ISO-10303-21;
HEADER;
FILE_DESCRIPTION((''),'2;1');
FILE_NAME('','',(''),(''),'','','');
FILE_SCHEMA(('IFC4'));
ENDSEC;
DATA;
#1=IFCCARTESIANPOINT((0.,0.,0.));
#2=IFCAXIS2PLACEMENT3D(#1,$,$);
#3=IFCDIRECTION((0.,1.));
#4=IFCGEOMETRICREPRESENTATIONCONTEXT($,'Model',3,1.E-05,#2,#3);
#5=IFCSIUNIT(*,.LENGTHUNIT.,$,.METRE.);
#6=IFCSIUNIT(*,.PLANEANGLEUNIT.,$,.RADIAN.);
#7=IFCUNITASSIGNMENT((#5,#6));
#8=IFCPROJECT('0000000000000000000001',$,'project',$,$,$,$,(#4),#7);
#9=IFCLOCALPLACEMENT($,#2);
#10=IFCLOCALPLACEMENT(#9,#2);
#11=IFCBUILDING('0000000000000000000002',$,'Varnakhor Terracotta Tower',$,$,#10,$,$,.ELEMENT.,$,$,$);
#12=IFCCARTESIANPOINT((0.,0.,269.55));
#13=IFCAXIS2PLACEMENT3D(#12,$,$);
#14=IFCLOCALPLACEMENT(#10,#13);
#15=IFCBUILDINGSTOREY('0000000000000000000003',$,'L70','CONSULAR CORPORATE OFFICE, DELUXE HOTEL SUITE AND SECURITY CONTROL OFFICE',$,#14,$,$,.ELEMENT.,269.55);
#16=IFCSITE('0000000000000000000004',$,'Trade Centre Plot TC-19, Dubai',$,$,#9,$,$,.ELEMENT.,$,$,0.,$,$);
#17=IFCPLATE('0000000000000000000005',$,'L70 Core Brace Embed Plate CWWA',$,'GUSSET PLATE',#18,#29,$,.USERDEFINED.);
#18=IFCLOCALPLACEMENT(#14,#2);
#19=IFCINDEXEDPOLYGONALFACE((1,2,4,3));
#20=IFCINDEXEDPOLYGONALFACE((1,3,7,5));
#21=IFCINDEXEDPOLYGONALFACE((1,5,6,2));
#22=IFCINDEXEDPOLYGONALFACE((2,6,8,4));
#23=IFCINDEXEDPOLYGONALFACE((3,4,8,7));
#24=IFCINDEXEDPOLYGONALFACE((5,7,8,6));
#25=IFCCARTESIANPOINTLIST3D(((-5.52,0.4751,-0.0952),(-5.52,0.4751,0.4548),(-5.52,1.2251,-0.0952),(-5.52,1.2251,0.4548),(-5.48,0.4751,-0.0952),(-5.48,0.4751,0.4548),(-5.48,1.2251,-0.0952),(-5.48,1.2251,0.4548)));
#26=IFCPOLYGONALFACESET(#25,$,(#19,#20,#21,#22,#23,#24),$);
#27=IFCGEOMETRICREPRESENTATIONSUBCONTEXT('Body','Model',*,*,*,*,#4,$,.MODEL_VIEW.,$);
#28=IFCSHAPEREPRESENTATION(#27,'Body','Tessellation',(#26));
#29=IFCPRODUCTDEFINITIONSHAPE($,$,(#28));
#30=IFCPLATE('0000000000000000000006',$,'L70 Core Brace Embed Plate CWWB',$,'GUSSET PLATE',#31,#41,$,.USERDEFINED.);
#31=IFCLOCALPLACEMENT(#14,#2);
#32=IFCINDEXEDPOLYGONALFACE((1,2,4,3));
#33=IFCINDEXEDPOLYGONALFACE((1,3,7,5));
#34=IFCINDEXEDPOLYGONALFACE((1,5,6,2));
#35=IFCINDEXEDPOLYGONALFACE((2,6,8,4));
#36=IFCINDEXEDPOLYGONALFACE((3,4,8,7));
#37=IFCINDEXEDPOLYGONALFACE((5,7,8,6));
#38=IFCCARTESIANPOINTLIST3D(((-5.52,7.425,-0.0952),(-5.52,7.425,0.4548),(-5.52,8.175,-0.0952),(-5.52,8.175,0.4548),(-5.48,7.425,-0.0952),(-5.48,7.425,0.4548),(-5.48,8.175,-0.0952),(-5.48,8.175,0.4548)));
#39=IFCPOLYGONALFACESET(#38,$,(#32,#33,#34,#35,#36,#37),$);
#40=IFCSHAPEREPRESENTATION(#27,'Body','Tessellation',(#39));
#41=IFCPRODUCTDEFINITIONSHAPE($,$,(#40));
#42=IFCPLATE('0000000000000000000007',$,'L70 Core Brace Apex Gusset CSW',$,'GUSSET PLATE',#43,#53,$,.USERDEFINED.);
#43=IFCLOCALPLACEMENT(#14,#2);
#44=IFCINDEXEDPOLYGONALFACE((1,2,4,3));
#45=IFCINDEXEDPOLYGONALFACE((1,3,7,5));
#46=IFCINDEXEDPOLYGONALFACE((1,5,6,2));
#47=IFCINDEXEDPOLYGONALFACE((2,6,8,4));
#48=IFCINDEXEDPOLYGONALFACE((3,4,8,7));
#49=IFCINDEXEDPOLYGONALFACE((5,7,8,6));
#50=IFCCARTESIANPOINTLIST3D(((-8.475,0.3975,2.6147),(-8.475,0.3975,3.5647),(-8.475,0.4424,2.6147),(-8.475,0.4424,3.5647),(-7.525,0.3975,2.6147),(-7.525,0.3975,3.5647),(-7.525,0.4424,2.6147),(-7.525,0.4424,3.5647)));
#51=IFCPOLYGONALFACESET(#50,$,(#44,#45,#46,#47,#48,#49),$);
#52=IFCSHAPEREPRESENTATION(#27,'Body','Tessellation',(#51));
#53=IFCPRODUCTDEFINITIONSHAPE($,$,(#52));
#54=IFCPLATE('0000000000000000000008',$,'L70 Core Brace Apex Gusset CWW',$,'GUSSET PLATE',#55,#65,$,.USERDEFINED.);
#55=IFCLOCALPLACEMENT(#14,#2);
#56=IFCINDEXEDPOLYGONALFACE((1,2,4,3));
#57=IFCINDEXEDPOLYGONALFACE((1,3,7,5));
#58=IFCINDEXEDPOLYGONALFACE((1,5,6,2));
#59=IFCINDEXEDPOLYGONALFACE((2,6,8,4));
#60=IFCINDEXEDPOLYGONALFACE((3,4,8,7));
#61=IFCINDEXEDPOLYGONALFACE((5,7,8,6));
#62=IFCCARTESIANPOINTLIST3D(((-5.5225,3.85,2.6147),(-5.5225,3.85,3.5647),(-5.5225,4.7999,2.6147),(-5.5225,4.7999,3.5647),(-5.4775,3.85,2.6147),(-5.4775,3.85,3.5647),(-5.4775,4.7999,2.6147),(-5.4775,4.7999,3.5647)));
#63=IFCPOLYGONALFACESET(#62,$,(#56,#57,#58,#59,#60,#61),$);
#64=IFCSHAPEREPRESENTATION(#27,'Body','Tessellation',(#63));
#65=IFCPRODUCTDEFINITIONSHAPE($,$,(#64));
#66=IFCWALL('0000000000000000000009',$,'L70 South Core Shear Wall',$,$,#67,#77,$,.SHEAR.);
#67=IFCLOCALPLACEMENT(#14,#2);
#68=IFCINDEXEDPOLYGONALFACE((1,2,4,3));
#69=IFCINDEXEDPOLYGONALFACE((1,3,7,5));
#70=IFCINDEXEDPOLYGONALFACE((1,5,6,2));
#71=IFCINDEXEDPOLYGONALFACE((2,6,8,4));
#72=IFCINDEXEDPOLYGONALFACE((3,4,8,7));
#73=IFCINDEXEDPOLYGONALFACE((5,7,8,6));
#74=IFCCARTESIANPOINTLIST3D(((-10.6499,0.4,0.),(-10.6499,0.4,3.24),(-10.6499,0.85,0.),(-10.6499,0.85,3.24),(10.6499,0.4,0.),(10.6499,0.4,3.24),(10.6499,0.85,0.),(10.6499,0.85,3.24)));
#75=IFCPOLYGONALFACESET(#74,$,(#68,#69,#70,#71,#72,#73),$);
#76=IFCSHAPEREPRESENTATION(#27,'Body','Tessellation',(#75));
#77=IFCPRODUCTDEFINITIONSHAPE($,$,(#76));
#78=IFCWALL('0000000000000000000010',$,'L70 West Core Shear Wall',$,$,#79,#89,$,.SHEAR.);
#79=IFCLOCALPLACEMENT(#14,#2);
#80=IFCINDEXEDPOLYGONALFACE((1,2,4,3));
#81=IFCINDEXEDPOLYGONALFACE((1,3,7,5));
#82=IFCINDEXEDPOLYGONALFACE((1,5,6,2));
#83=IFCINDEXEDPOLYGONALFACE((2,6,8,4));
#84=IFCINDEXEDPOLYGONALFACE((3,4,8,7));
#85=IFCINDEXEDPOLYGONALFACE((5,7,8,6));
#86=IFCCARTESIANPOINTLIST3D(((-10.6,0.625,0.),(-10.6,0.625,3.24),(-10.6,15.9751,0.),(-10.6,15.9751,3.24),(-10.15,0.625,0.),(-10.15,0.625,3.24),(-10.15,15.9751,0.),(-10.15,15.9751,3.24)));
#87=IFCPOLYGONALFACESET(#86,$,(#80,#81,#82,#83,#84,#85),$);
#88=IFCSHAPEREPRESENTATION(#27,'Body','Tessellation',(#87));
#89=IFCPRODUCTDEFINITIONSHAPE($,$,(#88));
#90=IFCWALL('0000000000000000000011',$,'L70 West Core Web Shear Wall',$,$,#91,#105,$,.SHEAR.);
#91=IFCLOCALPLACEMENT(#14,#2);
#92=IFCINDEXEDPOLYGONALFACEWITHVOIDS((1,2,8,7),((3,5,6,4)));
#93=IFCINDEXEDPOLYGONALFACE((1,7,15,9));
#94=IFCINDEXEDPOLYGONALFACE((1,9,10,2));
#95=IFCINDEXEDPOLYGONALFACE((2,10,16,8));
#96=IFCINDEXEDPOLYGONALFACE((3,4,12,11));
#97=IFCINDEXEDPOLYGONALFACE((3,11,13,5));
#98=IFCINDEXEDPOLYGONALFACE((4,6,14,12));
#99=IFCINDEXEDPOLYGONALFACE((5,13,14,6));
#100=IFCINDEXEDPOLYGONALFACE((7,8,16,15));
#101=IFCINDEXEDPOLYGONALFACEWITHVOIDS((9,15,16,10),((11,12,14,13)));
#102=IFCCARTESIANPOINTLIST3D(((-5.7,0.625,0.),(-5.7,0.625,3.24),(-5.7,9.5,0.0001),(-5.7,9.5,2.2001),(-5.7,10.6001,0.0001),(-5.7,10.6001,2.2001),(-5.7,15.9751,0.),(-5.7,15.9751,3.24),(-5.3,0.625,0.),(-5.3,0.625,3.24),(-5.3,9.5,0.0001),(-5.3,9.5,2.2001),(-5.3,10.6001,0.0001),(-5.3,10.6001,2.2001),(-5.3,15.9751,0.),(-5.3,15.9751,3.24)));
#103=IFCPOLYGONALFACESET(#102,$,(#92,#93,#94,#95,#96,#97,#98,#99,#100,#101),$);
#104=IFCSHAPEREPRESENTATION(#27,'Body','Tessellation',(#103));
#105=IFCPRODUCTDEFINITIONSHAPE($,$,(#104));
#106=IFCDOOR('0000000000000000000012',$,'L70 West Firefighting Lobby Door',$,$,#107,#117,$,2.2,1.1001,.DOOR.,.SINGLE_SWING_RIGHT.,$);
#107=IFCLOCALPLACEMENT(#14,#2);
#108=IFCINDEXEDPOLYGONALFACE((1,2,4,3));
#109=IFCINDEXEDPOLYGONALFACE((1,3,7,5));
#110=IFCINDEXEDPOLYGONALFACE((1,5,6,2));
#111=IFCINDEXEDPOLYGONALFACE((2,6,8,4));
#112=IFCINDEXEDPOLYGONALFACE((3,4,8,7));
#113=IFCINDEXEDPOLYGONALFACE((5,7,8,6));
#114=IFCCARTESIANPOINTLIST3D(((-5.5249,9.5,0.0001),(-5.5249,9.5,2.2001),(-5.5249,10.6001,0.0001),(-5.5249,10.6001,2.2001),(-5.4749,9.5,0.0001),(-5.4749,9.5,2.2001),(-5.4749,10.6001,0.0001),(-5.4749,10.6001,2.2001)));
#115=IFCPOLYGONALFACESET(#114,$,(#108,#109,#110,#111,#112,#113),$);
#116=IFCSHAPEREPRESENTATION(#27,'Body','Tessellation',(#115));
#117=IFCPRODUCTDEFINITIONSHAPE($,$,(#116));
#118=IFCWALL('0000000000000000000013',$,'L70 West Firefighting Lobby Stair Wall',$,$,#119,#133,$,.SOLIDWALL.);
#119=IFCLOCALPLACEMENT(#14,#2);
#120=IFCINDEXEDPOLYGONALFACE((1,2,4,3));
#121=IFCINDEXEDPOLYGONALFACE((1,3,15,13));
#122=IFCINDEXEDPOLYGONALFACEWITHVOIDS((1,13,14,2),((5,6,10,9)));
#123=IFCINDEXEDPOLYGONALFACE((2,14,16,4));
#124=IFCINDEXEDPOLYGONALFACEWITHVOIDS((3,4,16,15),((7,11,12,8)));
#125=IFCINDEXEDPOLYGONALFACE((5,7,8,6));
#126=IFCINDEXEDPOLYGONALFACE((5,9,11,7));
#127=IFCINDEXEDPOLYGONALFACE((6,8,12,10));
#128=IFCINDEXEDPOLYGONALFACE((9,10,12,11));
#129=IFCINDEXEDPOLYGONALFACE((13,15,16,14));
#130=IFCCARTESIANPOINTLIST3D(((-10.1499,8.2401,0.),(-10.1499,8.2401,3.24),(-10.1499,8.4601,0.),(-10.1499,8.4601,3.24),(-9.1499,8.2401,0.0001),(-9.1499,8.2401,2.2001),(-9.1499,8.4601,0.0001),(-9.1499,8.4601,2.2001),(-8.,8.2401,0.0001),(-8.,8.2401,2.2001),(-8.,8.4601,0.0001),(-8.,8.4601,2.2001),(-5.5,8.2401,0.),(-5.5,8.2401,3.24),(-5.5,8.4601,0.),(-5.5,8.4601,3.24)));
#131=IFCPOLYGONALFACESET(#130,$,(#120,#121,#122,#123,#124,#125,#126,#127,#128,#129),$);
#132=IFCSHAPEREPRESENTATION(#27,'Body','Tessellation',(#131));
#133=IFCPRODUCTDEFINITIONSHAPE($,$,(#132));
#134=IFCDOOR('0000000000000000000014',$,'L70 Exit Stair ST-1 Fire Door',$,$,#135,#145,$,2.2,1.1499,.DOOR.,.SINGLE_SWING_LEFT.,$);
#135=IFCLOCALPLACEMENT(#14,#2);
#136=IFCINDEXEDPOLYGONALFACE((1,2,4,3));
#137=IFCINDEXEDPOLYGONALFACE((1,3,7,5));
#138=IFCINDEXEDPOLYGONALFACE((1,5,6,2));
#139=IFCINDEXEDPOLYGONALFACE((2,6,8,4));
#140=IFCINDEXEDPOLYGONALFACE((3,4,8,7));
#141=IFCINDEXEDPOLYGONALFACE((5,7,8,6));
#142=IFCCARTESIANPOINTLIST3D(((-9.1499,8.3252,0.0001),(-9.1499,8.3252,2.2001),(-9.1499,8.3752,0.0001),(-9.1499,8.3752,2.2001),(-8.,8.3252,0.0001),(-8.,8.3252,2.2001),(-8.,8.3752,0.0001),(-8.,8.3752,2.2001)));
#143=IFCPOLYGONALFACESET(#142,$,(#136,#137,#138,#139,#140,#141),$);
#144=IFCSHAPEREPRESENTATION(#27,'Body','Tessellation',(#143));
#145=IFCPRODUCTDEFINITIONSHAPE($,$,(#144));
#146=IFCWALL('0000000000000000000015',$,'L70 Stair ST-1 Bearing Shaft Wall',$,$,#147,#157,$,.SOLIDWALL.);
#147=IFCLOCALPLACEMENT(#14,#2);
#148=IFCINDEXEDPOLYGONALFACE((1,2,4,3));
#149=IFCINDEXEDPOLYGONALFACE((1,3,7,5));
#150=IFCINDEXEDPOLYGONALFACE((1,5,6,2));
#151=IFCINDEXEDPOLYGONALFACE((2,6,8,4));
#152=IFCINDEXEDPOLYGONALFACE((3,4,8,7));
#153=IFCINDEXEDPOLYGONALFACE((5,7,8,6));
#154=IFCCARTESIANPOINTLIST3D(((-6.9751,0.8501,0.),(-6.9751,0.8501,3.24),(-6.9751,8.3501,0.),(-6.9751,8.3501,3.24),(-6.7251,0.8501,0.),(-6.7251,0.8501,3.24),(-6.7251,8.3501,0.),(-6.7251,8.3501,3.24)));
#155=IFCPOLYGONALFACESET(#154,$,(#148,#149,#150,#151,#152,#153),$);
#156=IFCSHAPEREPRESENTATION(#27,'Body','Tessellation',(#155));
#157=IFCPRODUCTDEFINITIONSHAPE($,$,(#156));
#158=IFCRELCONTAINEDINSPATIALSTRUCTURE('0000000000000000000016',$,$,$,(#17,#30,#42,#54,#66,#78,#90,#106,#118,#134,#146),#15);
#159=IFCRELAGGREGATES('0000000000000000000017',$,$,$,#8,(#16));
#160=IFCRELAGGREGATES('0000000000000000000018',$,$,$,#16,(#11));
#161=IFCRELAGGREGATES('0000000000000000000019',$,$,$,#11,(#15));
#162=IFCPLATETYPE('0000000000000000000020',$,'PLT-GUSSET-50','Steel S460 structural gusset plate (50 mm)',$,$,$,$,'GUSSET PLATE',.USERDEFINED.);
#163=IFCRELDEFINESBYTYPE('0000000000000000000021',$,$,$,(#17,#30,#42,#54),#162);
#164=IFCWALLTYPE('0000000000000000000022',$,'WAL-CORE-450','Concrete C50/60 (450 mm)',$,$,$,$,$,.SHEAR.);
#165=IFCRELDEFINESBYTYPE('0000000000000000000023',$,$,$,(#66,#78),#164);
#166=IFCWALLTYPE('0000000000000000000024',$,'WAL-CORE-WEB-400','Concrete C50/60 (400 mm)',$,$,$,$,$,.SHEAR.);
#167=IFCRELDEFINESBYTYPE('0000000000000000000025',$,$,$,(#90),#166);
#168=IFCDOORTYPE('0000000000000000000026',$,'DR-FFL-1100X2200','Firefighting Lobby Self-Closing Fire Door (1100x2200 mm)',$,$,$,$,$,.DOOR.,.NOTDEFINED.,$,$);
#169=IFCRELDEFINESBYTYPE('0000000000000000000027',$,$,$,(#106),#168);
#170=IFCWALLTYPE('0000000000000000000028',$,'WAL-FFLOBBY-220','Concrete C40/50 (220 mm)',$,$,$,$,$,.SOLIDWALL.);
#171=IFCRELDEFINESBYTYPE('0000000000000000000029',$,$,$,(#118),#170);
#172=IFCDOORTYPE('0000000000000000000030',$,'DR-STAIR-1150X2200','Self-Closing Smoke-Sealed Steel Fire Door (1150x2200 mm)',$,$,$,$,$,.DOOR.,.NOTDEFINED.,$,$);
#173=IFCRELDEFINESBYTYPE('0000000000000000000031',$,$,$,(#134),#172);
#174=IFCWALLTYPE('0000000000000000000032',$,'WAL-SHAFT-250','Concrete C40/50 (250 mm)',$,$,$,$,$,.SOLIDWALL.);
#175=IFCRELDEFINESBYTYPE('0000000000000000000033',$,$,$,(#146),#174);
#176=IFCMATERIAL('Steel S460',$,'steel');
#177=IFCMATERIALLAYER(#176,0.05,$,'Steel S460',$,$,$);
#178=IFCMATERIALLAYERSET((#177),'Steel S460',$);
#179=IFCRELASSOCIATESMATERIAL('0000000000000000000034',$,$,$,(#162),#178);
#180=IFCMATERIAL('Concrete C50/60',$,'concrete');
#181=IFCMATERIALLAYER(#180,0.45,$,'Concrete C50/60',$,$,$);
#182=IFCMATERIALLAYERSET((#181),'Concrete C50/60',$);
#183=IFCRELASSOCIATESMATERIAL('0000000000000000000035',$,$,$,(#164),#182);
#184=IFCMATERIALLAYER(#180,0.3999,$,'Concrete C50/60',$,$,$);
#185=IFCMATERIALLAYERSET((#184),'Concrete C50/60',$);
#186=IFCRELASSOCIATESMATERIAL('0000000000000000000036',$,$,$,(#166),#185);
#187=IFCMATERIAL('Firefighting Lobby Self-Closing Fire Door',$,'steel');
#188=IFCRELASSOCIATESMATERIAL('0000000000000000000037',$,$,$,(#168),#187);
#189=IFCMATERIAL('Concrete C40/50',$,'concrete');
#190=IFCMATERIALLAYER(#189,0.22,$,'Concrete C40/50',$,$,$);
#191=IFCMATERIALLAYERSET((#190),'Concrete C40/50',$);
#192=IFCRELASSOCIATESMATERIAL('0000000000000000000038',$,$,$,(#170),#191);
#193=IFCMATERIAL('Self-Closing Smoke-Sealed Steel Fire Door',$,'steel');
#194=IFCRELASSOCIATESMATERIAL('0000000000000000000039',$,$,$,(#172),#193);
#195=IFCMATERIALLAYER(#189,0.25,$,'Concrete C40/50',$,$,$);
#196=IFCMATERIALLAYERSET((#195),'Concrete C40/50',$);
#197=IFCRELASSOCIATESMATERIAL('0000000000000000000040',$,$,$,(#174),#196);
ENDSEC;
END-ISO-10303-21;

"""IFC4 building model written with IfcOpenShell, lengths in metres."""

from ifc_helpers import new_model, si_unit, direction, frame, frame_2d, origin, origin_2d, place, context, subcontext, project, spatial, rectangle, extrude, source, transform, mapped, material, layer, layer_set, type_object, type_shapes, element, fill, save


model = new_model("IFC4")

# Units and contexts
model_context = context("Model", 3, precision=1e-05, world=origin(), true_north=direction((0.0, 1.0)))
body_context = subcontext(model_context, "Body", "Model", "MODEL_VIEW")
ifc_project = project(units=[si_unit("LENGTHUNIT", "METRE"), si_unit("PLANEANGLEUNIT", "RADIAN")], contexts=[model_context])

# Site, building, storey
site_placement = place(None, origin())
site = spatial("IfcSite", under=ifc_project, at=site_placement, Name="Trade Centre Plot TC-19, Dubai", CompositionType="ELEMENT", RefElevation=0.0)
building_placement = place(site_placement, origin())
building = spatial("IfcBuilding", under=site, at=building_placement, Name="Varnakhor Terracotta Tower", CompositionType="ELEMENT")
storey_placement = place(building_placement, frame((0.0, 0.0, 269.55)))
storey = spatial("IfcBuildingStorey", under=building, at=storey_placement, Name="L70", Description="CONSULAR CORPORATE OFFICE, DELUXE HOTEL SUITE AND SECURITY CONTROL OFFICE", CompositionType="ELEMENT", Elevation=269.55)

# Shared definitions
ifc_material_1 = material(Name="Concrete C50/60", Category="concrete")

# Plates
ifc_material_2 = material(Name="Steel S460", Category="steel")
ifc_layer_1 = layer(ifc_material_2, 0.05, Name="Steel S460")
ifc_layer_set_1 = layer_set([ifc_layer_1], Name="Steel S460")
plate_type = type_object("IfcPlateType", Name="PLT-GUSSET-50", Description="Steel S460 structural gusset plate (50 mm)", ElementType="GUSSET PLATE", PredefinedType="USERDEFINED", material=ifc_layer_set_1)
shared_shape_1 = source(origin(), body_context, "Body", "SweptSolid", [
    extrude(rectangle(XDim=0.75, YDim=0.04, at=origin_2d()), origin(), (0.0, 0.0, 1.0), 0.55),
])
type_shapes(plate_type, [shared_shape_1])
for number, where, z_axis, x_axis, name in (
    (1, (-5.5, 0.8501, -0.0952), (0.0, 0.0, 1.0), (0.0, 1.0, 0.0), "L70 Core Brace Embed Plate CWWA"),
    (2, (-5.5, 7.8, -0.0952), (0.0, 0.0, 1.0), (0.0, 1.0, 0.0), "L70 Core Brace Embed Plate CWWB"),
):
    element("IfcPlate", number, at=place(storey_placement, frame(where, z_axis=z_axis, x_axis=x_axis)), inside=storey, type_object=plate_type, Name=name, ObjectType="GUSSET PLATE", PredefinedType="USERDEFINED", context=body_context, shape_type="MappedRepresentation", body=[
        mapped(shared_shape_1, transform((0.0, 0.0, 0.0), scale=1.0)),
    ])
shared_shape_2 = source(origin(), body_context, "Body", "SweptSolid", [
    extrude(rectangle(XDim=0.95, YDim=0.0449, at=origin_2d()), origin(), (0.0, 0.0, 1.0), 0.95),
])
for number, where, z_axis, x_axis, name in (
    (3, (-8.0, 0.4199, 2.6147), (0.0, 0.0, 1.0), (1.0, 0.0, 0.0), "L70 Core Brace Apex Gusset CSW"),
    (4, (-5.5, 4.325, 2.6147), (0.0, 0.0, 1.0), (0.0, 1.0, 0.0), "L70 Core Brace Apex Gusset CWW"),
):
    element("IfcPlate", number, at=place(storey_placement, frame(where, z_axis=z_axis, x_axis=x_axis)), inside=storey, type_object=plate_type, Name=name, ObjectType="GUSSET PLATE", PredefinedType="USERDEFINED", context=body_context, shape_type="MappedRepresentation", body=[
        mapped(shared_shape_2, transform((0.0, 0.0, 0.0), scale=1.0)),
    ])

# Walls
ifc_layer_2 = layer(ifc_material_1, 0.45, Name="Concrete C50/60")
ifc_layer_set_2 = layer_set([ifc_layer_2], Name="Concrete C50/60")
wall_type_1 = type_object("IfcWallType", Name="WAL-CORE-450", Description="Concrete C50/60 (450 mm)", PredefinedType="SHEAR", material=ifc_layer_set_2)
wall_1_placement = place(storey_placement, frame((-10.6499, 0.625, 0.0), z_axis=(0.0, 0.0, 1.0), x_axis=(1.0, 0.0, 0.0)))
element("IfcWall", 5, at=wall_1_placement, inside=storey, type_object=wall_type_1, Name="L70 South Core Shear Wall", PredefinedType="SHEAR", context=body_context, shape_type="SweptSolid", body=[
    extrude(rectangle(XDim=21.2998, YDim=0.45, at=frame_2d((10.6499, 0.0))), origin(), (0.0, 0.0, 1.0), 3.24),
])
wall_2_placement = place(storey_placement, frame((-10.375, 0.625, 0.0), z_axis=(0.0, 0.0, 1.0), x_axis=(0.0, 1.0, 0.0)))
element("IfcWall", 6, at=wall_2_placement, inside=storey, type_object=wall_type_1, Name="L70 West Core Shear Wall", PredefinedType="SHEAR", context=body_context, shape_type="SweptSolid", body=[
    extrude(rectangle(XDim=15.3501, YDim=0.45, at=frame_2d((7.675, 0.0))), origin(), (0.0, 0.0, 1.0), 3.24),
])

# Walls, openings, doors
ifc_layer_3 = layer(ifc_material_1, 0.3999, Name="Concrete C50/60")
ifc_layer_set_3 = layer_set([ifc_layer_3], Name="Concrete C50/60")
wall_type_2 = type_object("IfcWallType", Name="WAL-CORE-WEB-400", Description="Concrete C50/60 (400 mm)", PredefinedType="SHEAR", material=ifc_layer_set_3)
wall_3_placement = place(storey_placement, frame((-5.5, 0.625, 0.0), z_axis=(0.0, 0.0, 1.0), x_axis=(0.0, 1.0, 0.0)))
wall_3 = element("IfcWall", 7, at=wall_3_placement, inside=storey, type_object=wall_type_2, Name="L70 West Core Web Shear Wall", PredefinedType="SHEAR", context=body_context, shape_type="SweptSolid", body=[
    extrude(rectangle(XDim=15.3501, YDim=0.3999, at=frame_2d((7.675, 0.0))), origin(), (0.0, 0.0, 1.0), 3.24),
])
opening_1_placement = place(wall_3_placement, frame((8.875, 0.0, 0.0)))
opening_1 = element("IfcOpeningElement", 8, at=opening_1_placement, cuts=wall_3, PredefinedType="OPENING", context=body_context, shape_type="SweptSolid", body=[
    extrude(rectangle(XDim=1.1001, YDim=2.2, at=frame_2d((0.55, 1.1001))), frame((0.0, 0.21, 0.0), z_axis=(0.0, -1.0, 0.0), x_axis=(1.0, 0.0, 0.0)), (0.0, 0.0, 1.0), 0.4199),
])
ifc_material_3 = material(Name="Firefighting Lobby Self-Closing Fire Door", Category="steel")
door_type_1 = type_object("IfcDoorType", Name="DR-FFL-1100X2200", Description="Firefighting Lobby Self-Closing Fire Door (1100x2200 mm)", OperationType="NOTDEFINED", PredefinedType="DOOR", material=ifc_material_3)
shared_shape_3 = source(origin(), body_context, "Body", "SweptSolid", [
    extrude(rectangle(XDim=1.1001, YDim=2.2, at=frame_2d((0.55, 1.1001))), frame((0.0, 0.0249, 0.0), z_axis=(0.0, -1.0, 0.0), x_axis=(1.0, 0.0, 0.0)), (0.0, 0.0, 1.0), 0.05),
])
type_shapes(door_type_1, [shared_shape_3])
door_1_placement = place(opening_1_placement, origin())
door_1 = element("IfcDoor", 9, at=door_1_placement, inside=storey, type_object=door_type_1, Name="L70 West Firefighting Lobby Door", OperationType="SINGLE_SWING_RIGHT", OverallHeight=2.2, OverallWidth=1.1001, PredefinedType="DOOR", context=body_context, shape_type="MappedRepresentation", body=[
    mapped(shared_shape_3, transform((0.0, 0.0, 0.0), scale=1.0)),
])
fill(opening_1, door_1)
ifc_material_4 = material(Name="Concrete C40/50", Category="concrete")
ifc_layer_4 = layer(ifc_material_4, 0.22, Name="Concrete C40/50")
ifc_layer_set_4 = layer_set([ifc_layer_4], Name="Concrete C40/50")
wall_type_3 = type_object("IfcWallType", Name="WAL-FFLOBBY-220", Description="Concrete C40/50 (220 mm)", PredefinedType="SOLIDWALL", material=ifc_layer_set_4)
wall_4_placement = place(storey_placement, frame((-5.5, 8.3501, 0.0), z_axis=(0.0, 0.0, 1.0), x_axis=(-1.0, 0.0, 0.0)))
wall_4 = element("IfcWall", 10, at=wall_4_placement, inside=storey, type_object=wall_type_3, Name="L70 West Firefighting Lobby Stair Wall", PredefinedType="SOLIDWALL", context=body_context, shape_type="SweptSolid", body=[
    extrude(rectangle(XDim=4.6499, YDim=0.22, at=frame_2d((2.325, 0.0))), origin(), (0.0, 0.0, 1.0), 3.24),
])
opening_2_placement = place(wall_4_placement, frame((2.5, 0.0, 0.0)))
opening_2 = element("IfcOpeningElement", 11, at=opening_2_placement, cuts=wall_4, PredefinedType="OPENING", context=body_context, shape_type="SweptSolid", body=[
    extrude(rectangle(XDim=1.1499, YDim=2.2, at=frame_2d((0.575, 1.1001))), frame((0.0, 0.1201, 0.0), z_axis=(0.0, -1.0, 0.0), x_axis=(1.0, 0.0, 0.0)), (0.0, 0.0, 1.0), 0.24),
])
ifc_material_5 = material(Name="Self-Closing Smoke-Sealed Steel Fire Door", Category="steel")
door_type_2 = type_object("IfcDoorType", Name="DR-STAIR-1150X2200", Description="Self-Closing Smoke-Sealed Steel Fire Door (1150x2200 mm)", OperationType="NOTDEFINED", PredefinedType="DOOR", material=ifc_material_5)
shared_shape_4 = source(origin(), body_context, "Body", "SweptSolid", [
    extrude(rectangle(XDim=1.1499, YDim=2.2, at=frame_2d((0.575, 1.1001))), frame((0.0, 0.0249, 0.0), z_axis=(0.0, -1.0, 0.0), x_axis=(1.0, 0.0, 0.0)), (0.0, 0.0, 1.0), 0.05),
])
type_shapes(door_type_2, [shared_shape_4])
door_2_placement = place(opening_2_placement, origin())
door_2 = element("IfcDoor", 12, at=door_2_placement, inside=storey, type_object=door_type_2, Name="L70 Exit Stair ST-1 Fire Door", OperationType="SINGLE_SWING_LEFT", OverallHeight=2.2, OverallWidth=1.1499, PredefinedType="DOOR", context=body_context, shape_type="MappedRepresentation", body=[
    mapped(shared_shape_4, transform((0.0, 0.0, 0.0), scale=1.0)),
])
fill(opening_2, door_2)

# Wall
ifc_layer_5 = layer(ifc_material_4, 0.25, Name="Concrete C40/50")
ifc_layer_set_5 = layer_set([ifc_layer_5], Name="Concrete C40/50")
wall_type_4 = type_object("IfcWallType", Name="WAL-SHAFT-250", Description="Concrete C40/50 (250 mm)", PredefinedType="SOLIDWALL", material=ifc_layer_set_5)
wall_5_placement = place(storey_placement, frame((-6.8501, 0.8501, 0.0), z_axis=(0.0, 0.0, 1.0), x_axis=(0.0, 1.0, 0.0)))
element("IfcWall", 13, at=wall_5_placement, inside=storey, type_object=wall_type_4, Name="L70 Stair ST-1 Bearing Shaft Wall", PredefinedType="SOLIDWALL", context=body_context, shape_type="SweptSolid", body=[
    extrude(rectangle(XDim=7.5, YDim=0.25, at=frame_2d((3.75, 0.0))), origin(), (0.0, 0.0, 1.0), 3.24),
])

save(model, "model.ifc")
